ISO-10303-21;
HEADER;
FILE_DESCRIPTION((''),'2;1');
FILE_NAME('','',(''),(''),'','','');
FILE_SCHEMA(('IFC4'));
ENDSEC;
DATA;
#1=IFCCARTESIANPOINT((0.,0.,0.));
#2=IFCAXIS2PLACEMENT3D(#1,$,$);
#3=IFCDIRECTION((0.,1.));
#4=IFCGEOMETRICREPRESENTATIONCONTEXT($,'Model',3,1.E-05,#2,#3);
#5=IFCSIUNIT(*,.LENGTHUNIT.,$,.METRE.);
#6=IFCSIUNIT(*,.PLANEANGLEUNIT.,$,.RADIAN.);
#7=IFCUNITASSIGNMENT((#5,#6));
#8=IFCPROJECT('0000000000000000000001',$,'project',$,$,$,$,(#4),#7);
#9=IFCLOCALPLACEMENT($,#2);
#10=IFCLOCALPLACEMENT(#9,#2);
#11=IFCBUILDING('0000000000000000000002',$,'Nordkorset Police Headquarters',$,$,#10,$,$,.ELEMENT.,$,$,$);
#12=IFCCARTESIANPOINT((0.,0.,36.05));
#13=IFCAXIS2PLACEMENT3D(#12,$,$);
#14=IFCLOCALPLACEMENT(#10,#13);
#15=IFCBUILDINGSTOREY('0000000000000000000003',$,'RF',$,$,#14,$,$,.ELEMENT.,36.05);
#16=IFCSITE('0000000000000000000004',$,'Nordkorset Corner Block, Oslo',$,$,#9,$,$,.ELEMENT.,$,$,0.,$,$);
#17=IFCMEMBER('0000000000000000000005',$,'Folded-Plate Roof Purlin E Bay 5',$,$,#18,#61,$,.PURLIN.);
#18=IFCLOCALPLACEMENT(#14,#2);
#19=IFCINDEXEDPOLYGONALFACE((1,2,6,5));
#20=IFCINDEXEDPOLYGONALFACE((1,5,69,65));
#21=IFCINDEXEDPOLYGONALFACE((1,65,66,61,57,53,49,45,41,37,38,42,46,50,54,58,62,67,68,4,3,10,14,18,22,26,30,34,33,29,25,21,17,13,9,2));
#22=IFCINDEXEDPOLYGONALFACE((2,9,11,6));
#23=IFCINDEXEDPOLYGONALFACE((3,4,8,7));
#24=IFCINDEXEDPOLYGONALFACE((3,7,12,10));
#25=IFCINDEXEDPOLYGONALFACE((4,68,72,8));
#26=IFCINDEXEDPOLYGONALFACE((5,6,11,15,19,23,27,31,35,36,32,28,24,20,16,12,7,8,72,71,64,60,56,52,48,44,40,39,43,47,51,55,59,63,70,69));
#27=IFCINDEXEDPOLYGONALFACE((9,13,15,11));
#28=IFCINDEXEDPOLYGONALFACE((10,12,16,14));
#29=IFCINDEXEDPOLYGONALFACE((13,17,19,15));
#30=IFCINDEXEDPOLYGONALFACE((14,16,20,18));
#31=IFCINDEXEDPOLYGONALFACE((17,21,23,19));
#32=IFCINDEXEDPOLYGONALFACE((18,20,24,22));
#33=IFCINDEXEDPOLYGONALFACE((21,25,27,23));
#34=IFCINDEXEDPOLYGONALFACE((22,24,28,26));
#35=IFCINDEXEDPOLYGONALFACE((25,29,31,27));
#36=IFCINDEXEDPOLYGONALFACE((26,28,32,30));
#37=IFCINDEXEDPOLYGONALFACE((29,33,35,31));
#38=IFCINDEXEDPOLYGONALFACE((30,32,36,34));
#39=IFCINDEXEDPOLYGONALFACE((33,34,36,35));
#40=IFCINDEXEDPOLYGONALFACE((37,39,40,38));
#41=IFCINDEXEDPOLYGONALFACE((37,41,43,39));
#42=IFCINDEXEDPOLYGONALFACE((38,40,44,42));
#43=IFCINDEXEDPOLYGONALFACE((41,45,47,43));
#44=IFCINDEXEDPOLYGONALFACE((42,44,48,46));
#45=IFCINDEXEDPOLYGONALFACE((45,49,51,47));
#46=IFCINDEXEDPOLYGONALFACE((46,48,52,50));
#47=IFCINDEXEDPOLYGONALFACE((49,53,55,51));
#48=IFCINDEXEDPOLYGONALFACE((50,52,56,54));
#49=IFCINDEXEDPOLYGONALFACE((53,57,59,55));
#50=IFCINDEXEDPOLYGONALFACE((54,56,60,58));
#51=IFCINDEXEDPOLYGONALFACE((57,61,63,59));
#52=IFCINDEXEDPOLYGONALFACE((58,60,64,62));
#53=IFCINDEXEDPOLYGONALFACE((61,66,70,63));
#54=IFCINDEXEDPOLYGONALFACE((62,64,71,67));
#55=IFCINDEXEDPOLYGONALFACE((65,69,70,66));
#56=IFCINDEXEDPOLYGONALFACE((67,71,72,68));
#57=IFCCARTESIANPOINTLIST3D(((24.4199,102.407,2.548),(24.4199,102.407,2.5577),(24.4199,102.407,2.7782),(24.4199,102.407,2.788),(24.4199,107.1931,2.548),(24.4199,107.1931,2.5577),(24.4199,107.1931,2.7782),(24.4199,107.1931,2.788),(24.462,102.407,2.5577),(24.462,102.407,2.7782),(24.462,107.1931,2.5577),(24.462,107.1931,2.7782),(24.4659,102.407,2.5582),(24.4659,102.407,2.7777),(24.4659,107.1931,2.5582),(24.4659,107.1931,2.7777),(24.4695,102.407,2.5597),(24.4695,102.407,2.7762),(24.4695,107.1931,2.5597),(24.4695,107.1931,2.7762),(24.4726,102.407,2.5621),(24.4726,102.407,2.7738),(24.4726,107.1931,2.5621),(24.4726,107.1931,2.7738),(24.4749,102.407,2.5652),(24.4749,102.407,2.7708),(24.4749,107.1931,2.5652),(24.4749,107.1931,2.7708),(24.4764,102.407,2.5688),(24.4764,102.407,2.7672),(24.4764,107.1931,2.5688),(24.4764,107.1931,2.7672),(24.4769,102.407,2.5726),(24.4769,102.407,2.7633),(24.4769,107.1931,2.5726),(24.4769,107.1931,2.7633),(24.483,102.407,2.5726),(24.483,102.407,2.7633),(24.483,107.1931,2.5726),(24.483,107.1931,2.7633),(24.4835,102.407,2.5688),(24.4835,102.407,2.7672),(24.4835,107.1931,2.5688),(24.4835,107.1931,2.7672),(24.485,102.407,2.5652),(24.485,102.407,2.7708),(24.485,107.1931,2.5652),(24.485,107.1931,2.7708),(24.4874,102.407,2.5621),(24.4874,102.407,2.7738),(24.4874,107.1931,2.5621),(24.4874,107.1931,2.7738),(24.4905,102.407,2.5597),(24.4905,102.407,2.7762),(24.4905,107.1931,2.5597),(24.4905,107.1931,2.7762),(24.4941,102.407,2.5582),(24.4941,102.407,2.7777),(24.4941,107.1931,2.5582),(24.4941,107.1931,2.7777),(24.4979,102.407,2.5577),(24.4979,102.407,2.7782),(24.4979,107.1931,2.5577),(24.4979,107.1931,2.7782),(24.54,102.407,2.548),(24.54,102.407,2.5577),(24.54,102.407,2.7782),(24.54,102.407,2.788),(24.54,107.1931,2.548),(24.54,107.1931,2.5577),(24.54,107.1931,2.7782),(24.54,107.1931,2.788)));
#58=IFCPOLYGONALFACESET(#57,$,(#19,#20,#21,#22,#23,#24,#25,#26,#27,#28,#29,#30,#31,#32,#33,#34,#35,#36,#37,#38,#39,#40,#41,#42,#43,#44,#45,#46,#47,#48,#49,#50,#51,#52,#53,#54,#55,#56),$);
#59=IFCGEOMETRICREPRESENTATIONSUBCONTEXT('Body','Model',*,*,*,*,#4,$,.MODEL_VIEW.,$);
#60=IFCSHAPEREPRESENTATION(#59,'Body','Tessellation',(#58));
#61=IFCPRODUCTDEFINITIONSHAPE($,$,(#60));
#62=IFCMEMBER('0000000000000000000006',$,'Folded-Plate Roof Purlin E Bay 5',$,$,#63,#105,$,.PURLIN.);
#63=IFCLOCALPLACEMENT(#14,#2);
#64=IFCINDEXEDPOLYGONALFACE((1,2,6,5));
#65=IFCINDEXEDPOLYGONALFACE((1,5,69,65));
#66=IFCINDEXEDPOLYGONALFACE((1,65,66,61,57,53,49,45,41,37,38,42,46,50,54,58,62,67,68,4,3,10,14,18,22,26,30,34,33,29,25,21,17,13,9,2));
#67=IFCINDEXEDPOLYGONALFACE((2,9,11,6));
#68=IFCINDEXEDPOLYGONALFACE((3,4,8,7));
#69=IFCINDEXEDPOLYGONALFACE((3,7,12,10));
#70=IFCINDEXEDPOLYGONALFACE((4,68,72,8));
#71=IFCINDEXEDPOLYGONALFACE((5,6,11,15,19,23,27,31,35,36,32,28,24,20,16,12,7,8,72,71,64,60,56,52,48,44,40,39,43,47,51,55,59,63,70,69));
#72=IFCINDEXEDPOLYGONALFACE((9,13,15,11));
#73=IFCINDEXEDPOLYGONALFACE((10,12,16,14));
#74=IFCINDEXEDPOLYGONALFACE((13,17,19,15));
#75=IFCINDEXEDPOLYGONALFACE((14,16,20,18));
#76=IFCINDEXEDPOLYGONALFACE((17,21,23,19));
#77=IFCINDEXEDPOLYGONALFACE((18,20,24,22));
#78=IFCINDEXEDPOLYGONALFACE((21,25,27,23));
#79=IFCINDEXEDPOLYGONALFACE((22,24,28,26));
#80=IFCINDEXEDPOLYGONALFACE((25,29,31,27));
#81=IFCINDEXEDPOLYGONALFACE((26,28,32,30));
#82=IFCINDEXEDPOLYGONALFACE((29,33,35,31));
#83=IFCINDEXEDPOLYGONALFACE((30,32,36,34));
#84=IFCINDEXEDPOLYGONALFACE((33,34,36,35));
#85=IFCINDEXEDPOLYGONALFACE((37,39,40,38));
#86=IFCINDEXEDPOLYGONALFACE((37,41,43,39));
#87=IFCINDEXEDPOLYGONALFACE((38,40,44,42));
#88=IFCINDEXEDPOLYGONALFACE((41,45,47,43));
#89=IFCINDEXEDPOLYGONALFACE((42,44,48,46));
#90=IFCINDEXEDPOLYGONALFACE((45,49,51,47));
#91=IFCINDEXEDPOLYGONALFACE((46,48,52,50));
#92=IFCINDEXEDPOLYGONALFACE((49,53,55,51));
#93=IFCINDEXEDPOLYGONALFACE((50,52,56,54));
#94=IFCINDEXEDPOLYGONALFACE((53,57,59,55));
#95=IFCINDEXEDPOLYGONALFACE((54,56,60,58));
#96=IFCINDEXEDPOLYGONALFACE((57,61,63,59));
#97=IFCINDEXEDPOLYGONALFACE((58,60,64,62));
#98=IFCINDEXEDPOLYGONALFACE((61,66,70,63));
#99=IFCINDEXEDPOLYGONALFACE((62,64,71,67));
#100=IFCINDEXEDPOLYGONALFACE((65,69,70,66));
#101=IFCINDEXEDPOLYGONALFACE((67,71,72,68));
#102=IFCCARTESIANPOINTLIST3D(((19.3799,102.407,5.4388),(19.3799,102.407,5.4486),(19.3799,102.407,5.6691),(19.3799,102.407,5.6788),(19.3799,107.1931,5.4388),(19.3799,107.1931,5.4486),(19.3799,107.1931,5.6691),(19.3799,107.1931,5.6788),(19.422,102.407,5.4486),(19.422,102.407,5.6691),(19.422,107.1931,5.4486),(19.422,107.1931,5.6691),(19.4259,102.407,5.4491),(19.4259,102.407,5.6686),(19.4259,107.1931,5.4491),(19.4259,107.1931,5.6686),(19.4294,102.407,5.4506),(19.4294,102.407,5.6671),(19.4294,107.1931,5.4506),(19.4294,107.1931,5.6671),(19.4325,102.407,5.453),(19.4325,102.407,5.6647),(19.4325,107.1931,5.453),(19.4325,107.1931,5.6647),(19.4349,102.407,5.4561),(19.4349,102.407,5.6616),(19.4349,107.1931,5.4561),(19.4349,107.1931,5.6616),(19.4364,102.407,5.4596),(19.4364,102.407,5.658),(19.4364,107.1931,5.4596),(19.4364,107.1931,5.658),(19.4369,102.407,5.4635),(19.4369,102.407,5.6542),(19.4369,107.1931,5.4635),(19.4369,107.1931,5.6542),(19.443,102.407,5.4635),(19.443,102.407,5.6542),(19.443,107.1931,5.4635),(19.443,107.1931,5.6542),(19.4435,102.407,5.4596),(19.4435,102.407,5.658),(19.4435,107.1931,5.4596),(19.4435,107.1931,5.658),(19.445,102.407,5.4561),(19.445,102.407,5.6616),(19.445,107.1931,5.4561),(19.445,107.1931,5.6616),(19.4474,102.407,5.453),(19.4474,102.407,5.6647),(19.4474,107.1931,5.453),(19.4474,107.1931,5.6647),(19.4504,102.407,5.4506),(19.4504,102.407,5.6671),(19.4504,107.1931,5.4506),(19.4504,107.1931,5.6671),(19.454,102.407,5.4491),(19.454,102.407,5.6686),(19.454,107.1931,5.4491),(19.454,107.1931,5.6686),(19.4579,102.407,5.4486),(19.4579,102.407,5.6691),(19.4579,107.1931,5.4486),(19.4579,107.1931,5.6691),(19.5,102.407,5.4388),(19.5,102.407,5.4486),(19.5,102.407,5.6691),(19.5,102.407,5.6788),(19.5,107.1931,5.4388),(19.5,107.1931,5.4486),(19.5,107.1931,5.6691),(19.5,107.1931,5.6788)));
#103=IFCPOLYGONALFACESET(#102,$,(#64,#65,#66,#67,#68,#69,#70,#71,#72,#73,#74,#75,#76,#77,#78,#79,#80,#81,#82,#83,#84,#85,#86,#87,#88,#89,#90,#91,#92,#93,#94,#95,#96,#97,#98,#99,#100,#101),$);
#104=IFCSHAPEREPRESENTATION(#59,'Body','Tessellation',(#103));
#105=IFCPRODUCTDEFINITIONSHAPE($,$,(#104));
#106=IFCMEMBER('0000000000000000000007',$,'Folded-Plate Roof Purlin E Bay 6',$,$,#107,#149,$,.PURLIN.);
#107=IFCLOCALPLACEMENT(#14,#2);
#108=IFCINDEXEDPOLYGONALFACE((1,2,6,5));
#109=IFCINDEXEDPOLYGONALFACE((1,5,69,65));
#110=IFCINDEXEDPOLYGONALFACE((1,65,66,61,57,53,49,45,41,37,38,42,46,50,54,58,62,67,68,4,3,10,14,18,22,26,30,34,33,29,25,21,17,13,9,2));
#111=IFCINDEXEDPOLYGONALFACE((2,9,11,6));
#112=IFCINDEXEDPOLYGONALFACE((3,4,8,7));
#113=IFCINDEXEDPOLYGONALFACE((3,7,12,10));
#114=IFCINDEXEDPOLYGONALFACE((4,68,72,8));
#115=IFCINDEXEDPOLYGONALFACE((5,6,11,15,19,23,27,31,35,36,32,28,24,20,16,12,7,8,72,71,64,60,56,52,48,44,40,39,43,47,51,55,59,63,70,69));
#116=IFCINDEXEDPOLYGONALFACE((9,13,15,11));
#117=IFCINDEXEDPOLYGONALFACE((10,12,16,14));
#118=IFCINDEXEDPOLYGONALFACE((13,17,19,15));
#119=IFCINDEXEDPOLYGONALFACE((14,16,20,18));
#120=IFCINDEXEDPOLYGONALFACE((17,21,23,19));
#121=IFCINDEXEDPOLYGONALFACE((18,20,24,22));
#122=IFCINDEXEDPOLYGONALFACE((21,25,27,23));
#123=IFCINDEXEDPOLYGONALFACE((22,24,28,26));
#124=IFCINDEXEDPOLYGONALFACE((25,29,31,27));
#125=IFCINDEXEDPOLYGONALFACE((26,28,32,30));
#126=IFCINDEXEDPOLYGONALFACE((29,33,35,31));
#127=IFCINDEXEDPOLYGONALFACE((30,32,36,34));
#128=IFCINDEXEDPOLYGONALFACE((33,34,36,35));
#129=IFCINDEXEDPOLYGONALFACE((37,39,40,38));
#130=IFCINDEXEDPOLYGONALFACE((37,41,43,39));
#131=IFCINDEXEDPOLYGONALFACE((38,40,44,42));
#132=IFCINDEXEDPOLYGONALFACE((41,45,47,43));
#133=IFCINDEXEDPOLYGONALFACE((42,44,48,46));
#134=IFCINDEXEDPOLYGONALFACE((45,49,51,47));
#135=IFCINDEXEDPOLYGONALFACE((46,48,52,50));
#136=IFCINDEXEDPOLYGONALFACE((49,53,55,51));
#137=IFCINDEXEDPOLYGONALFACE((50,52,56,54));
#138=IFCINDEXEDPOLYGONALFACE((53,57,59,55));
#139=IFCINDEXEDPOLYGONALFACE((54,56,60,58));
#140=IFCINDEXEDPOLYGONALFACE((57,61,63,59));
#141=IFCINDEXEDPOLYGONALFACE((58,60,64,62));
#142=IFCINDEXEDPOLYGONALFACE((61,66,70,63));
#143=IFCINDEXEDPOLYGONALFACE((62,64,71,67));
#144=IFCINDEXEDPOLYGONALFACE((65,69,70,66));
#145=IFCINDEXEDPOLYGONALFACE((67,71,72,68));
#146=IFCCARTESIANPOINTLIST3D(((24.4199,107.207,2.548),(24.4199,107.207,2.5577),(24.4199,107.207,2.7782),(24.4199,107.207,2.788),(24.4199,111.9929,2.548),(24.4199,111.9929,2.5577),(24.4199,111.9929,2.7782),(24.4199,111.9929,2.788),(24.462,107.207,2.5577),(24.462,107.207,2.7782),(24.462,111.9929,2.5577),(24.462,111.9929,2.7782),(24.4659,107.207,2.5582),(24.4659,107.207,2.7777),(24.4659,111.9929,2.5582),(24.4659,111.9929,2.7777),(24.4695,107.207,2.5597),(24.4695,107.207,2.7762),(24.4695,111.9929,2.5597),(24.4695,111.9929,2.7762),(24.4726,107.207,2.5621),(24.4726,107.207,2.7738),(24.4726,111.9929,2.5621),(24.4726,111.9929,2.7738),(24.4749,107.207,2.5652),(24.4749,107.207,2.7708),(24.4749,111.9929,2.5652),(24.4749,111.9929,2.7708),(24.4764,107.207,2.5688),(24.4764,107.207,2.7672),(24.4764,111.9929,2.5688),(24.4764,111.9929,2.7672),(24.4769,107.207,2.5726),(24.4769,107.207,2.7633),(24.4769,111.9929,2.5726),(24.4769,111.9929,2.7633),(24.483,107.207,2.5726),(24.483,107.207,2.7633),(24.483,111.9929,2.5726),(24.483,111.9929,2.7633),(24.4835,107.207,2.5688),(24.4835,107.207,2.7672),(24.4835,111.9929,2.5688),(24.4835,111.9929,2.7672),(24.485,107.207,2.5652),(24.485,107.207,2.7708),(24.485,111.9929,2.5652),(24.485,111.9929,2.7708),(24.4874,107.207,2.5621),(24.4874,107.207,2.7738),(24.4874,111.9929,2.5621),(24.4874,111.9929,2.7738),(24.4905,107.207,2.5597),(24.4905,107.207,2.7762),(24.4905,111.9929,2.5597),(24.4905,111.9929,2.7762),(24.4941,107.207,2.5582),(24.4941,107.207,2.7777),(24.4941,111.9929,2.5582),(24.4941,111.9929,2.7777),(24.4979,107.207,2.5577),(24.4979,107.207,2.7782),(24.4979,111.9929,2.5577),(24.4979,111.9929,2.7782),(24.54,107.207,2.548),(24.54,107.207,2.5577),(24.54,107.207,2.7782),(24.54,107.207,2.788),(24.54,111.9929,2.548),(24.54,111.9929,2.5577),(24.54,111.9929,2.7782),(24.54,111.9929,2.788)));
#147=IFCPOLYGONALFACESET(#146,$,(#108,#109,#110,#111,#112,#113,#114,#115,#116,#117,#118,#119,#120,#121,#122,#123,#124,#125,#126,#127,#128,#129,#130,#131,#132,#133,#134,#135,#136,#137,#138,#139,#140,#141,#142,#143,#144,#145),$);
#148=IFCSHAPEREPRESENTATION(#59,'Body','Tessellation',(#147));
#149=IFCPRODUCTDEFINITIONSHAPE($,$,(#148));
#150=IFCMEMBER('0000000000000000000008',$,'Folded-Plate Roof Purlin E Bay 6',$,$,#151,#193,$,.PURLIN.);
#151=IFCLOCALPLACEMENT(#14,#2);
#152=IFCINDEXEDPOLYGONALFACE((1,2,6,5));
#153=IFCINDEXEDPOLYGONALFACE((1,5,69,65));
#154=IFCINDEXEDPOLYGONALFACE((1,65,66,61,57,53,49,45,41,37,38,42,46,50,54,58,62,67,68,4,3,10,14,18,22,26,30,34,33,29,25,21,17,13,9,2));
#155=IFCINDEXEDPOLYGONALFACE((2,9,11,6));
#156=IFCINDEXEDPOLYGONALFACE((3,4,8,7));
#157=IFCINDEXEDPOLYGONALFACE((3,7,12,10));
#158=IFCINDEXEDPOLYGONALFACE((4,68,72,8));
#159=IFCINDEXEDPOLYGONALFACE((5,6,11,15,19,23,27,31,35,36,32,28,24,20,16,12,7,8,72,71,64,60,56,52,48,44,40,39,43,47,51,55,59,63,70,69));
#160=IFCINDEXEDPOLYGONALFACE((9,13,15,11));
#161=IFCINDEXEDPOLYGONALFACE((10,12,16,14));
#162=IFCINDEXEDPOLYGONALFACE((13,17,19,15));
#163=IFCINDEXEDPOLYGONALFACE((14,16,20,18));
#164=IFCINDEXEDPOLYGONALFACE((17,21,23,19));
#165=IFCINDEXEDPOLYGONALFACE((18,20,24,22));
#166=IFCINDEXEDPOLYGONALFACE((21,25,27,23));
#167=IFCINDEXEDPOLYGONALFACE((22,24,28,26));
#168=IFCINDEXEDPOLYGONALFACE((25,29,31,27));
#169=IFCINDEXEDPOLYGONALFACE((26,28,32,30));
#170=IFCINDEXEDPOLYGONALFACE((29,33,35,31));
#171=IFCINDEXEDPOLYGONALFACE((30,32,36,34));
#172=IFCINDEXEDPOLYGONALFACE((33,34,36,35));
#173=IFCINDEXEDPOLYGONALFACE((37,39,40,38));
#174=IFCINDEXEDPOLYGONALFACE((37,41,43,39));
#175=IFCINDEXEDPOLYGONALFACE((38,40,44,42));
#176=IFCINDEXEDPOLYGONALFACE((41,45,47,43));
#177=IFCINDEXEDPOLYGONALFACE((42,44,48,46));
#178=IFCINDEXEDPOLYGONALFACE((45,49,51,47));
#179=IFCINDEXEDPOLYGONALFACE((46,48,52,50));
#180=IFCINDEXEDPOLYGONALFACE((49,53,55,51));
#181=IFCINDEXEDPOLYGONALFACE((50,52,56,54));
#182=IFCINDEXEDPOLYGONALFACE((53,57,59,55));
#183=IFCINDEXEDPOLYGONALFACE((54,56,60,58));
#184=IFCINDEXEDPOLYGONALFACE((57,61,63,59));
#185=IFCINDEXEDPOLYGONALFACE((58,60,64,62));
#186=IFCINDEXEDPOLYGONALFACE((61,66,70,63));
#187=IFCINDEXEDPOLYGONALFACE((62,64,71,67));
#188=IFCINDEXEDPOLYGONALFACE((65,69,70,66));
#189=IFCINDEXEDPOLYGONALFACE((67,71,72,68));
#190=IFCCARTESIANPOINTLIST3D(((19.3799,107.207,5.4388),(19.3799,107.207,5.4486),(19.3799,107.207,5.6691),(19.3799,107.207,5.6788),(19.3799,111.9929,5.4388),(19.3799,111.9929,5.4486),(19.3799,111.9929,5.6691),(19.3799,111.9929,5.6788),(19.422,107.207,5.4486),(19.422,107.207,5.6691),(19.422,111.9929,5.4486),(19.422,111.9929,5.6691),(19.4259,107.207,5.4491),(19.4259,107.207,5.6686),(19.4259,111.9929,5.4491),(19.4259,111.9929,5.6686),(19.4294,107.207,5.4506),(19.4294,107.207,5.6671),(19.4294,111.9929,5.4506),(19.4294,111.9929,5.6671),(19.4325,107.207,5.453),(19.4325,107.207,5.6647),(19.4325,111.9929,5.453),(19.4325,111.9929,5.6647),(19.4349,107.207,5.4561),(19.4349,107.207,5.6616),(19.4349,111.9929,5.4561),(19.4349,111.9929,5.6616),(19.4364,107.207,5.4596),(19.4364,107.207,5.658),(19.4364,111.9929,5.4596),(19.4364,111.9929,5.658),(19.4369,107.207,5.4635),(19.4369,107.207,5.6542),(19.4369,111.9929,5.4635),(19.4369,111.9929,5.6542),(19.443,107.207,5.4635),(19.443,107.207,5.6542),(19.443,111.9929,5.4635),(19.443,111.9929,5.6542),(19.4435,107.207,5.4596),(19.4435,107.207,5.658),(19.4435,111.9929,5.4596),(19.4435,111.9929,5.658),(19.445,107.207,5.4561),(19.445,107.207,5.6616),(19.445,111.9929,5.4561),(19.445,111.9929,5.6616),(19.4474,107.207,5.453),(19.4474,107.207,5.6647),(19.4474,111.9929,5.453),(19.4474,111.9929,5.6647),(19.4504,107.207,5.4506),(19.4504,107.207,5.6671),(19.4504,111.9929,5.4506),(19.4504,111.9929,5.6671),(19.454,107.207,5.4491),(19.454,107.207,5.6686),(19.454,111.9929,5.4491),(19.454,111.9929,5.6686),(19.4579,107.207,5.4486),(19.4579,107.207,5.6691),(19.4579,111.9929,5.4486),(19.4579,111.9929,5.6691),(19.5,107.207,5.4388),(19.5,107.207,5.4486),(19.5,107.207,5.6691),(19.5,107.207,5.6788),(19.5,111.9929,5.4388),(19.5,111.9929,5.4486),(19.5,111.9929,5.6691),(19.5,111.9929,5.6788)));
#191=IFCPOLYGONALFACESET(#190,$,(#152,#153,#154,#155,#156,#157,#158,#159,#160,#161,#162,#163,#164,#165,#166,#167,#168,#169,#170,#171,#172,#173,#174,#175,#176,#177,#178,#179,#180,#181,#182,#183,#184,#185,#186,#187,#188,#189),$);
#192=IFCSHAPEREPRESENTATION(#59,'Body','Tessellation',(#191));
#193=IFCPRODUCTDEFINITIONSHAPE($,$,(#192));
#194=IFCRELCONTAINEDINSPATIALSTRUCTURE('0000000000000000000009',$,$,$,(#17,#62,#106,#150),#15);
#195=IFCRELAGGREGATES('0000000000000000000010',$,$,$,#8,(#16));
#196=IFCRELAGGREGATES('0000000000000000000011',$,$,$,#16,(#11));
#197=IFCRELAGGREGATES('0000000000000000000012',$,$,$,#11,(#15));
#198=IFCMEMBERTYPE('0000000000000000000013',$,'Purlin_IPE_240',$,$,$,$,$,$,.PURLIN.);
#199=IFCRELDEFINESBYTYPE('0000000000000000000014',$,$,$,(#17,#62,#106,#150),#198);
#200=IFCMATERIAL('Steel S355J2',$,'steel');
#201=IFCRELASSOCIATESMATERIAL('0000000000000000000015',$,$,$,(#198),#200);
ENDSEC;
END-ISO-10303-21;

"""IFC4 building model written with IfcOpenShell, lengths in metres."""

from ifc_helpers import new_model, si_unit, direction, frame, origin, origin_2d, place, context, subcontext, project, spatial, i_section, extrude, material, material_profile, profile_set, type_object, element, save


model = new_model("IFC4")

# Units and contexts
model_context = context("Model", 3, precision=1e-05, world=origin(), true_north=direction((0.0, 1.0)))
body_context = subcontext(model_context, "Body", "Model", "MODEL_VIEW")
ifc_project = project(units=[si_unit("LENGTHUNIT", "METRE"), si_unit("PLANEANGLEUNIT", "RADIAN")], contexts=[model_context])

# Site, building, storey
site_placement = place(None, origin())
site = spatial("IfcSite", under=ifc_project, at=site_placement, Name="Nordkorset Corner Block, Oslo", CompositionType="ELEMENT", RefElevation=0.0)
building_placement = place(site_placement, origin())
building = spatial("IfcBuilding", under=site, at=building_placement, Name="Nordkorset Police Headquarters", CompositionType="ELEMENT")
storey_placement = place(building_placement, frame((0.0, 0.0, 36.05)))
storey = spatial("IfcBuildingStorey", under=building, at=storey_placement, Name="RF", CompositionType="ELEMENT", Elevation=36.05)

# Members
ifc_material_1 = material(Name="Steel S355J2", Category="steel")
ifc_material_profile_1 = material_profile(ifc_material_1, i_section(OverallWidth=0.1201, OverallDepth=0.24, WebThickness=0.0061, FlangeThickness=0.0098, FilletRadius=0.0149, at=origin_2d()), Name="IPE 240")
ifc_profile_set_1 = profile_set([ifc_material_profile_1], Name="Steel S355J2")
member_type_1 = type_object("IfcMemberType", Name="Purlin_IPE_240", PredefinedType="PURLIN", material=ifc_profile_set_1)
for number, where, z_axis, x_axis, name in (
    (1, (24.48, 102.407, 2.668), (0.0, 1.0, 0.0), (-1.0, 0.0, 0.0), "Folded-Plate Roof Purlin E Bay 5"),
    (2, (19.4399, 102.407, 5.5588), (0.0, 1.0, 0.0), (-1.0, 0.0, 0.0), "Folded-Plate Roof Purlin E Bay 5"),
):
    element("IfcMember", number, at=place(storey_placement, frame(where, z_axis=z_axis, x_axis=x_axis)), inside=storey, type_object=member_type_1, Name=name, PredefinedType="PURLIN", context=body_context, shape_type="SweptSolid", body=[
        extrude(i_section(OverallWidth=0.1201, OverallDepth=0.24, WebThickness=0.0061, FlangeThickness=0.0098, FilletRadius=0.0149, at=origin_2d()), origin(), (0.0, 0.0, 1.0), 4.7861),
    ])
for number, where, z_axis, x_axis, name in (
    (3, (24.48, 107.207, 2.668), (0.0, 1.0, 0.0), (-1.0, 0.0, 0.0), "Folded-Plate Roof Purlin E Bay 6"),
    (4, (19.4399, 107.207, 5.5588), (0.0, 1.0, 0.0), (-1.0, 0.0, 0.0), "Folded-Plate Roof Purlin E Bay 6"),
):
    element("IfcMember", number, at=place(storey_placement, frame(where, z_axis=z_axis, x_axis=x_axis)), inside=storey, type_object=member_type_1, Name=name, PredefinedType="PURLIN", context=body_context, shape_type="SweptSolid", body=[
        extrude(i_section(OverallWidth=0.1201, OverallDepth=0.24, WebThickness=0.0061, FlangeThickness=0.0098, FilletRadius=0.0149, at=origin_2d()), origin(), (0.0, 0.0, 1.0), 4.7859),
    ])

save(model, "model.ifc")
